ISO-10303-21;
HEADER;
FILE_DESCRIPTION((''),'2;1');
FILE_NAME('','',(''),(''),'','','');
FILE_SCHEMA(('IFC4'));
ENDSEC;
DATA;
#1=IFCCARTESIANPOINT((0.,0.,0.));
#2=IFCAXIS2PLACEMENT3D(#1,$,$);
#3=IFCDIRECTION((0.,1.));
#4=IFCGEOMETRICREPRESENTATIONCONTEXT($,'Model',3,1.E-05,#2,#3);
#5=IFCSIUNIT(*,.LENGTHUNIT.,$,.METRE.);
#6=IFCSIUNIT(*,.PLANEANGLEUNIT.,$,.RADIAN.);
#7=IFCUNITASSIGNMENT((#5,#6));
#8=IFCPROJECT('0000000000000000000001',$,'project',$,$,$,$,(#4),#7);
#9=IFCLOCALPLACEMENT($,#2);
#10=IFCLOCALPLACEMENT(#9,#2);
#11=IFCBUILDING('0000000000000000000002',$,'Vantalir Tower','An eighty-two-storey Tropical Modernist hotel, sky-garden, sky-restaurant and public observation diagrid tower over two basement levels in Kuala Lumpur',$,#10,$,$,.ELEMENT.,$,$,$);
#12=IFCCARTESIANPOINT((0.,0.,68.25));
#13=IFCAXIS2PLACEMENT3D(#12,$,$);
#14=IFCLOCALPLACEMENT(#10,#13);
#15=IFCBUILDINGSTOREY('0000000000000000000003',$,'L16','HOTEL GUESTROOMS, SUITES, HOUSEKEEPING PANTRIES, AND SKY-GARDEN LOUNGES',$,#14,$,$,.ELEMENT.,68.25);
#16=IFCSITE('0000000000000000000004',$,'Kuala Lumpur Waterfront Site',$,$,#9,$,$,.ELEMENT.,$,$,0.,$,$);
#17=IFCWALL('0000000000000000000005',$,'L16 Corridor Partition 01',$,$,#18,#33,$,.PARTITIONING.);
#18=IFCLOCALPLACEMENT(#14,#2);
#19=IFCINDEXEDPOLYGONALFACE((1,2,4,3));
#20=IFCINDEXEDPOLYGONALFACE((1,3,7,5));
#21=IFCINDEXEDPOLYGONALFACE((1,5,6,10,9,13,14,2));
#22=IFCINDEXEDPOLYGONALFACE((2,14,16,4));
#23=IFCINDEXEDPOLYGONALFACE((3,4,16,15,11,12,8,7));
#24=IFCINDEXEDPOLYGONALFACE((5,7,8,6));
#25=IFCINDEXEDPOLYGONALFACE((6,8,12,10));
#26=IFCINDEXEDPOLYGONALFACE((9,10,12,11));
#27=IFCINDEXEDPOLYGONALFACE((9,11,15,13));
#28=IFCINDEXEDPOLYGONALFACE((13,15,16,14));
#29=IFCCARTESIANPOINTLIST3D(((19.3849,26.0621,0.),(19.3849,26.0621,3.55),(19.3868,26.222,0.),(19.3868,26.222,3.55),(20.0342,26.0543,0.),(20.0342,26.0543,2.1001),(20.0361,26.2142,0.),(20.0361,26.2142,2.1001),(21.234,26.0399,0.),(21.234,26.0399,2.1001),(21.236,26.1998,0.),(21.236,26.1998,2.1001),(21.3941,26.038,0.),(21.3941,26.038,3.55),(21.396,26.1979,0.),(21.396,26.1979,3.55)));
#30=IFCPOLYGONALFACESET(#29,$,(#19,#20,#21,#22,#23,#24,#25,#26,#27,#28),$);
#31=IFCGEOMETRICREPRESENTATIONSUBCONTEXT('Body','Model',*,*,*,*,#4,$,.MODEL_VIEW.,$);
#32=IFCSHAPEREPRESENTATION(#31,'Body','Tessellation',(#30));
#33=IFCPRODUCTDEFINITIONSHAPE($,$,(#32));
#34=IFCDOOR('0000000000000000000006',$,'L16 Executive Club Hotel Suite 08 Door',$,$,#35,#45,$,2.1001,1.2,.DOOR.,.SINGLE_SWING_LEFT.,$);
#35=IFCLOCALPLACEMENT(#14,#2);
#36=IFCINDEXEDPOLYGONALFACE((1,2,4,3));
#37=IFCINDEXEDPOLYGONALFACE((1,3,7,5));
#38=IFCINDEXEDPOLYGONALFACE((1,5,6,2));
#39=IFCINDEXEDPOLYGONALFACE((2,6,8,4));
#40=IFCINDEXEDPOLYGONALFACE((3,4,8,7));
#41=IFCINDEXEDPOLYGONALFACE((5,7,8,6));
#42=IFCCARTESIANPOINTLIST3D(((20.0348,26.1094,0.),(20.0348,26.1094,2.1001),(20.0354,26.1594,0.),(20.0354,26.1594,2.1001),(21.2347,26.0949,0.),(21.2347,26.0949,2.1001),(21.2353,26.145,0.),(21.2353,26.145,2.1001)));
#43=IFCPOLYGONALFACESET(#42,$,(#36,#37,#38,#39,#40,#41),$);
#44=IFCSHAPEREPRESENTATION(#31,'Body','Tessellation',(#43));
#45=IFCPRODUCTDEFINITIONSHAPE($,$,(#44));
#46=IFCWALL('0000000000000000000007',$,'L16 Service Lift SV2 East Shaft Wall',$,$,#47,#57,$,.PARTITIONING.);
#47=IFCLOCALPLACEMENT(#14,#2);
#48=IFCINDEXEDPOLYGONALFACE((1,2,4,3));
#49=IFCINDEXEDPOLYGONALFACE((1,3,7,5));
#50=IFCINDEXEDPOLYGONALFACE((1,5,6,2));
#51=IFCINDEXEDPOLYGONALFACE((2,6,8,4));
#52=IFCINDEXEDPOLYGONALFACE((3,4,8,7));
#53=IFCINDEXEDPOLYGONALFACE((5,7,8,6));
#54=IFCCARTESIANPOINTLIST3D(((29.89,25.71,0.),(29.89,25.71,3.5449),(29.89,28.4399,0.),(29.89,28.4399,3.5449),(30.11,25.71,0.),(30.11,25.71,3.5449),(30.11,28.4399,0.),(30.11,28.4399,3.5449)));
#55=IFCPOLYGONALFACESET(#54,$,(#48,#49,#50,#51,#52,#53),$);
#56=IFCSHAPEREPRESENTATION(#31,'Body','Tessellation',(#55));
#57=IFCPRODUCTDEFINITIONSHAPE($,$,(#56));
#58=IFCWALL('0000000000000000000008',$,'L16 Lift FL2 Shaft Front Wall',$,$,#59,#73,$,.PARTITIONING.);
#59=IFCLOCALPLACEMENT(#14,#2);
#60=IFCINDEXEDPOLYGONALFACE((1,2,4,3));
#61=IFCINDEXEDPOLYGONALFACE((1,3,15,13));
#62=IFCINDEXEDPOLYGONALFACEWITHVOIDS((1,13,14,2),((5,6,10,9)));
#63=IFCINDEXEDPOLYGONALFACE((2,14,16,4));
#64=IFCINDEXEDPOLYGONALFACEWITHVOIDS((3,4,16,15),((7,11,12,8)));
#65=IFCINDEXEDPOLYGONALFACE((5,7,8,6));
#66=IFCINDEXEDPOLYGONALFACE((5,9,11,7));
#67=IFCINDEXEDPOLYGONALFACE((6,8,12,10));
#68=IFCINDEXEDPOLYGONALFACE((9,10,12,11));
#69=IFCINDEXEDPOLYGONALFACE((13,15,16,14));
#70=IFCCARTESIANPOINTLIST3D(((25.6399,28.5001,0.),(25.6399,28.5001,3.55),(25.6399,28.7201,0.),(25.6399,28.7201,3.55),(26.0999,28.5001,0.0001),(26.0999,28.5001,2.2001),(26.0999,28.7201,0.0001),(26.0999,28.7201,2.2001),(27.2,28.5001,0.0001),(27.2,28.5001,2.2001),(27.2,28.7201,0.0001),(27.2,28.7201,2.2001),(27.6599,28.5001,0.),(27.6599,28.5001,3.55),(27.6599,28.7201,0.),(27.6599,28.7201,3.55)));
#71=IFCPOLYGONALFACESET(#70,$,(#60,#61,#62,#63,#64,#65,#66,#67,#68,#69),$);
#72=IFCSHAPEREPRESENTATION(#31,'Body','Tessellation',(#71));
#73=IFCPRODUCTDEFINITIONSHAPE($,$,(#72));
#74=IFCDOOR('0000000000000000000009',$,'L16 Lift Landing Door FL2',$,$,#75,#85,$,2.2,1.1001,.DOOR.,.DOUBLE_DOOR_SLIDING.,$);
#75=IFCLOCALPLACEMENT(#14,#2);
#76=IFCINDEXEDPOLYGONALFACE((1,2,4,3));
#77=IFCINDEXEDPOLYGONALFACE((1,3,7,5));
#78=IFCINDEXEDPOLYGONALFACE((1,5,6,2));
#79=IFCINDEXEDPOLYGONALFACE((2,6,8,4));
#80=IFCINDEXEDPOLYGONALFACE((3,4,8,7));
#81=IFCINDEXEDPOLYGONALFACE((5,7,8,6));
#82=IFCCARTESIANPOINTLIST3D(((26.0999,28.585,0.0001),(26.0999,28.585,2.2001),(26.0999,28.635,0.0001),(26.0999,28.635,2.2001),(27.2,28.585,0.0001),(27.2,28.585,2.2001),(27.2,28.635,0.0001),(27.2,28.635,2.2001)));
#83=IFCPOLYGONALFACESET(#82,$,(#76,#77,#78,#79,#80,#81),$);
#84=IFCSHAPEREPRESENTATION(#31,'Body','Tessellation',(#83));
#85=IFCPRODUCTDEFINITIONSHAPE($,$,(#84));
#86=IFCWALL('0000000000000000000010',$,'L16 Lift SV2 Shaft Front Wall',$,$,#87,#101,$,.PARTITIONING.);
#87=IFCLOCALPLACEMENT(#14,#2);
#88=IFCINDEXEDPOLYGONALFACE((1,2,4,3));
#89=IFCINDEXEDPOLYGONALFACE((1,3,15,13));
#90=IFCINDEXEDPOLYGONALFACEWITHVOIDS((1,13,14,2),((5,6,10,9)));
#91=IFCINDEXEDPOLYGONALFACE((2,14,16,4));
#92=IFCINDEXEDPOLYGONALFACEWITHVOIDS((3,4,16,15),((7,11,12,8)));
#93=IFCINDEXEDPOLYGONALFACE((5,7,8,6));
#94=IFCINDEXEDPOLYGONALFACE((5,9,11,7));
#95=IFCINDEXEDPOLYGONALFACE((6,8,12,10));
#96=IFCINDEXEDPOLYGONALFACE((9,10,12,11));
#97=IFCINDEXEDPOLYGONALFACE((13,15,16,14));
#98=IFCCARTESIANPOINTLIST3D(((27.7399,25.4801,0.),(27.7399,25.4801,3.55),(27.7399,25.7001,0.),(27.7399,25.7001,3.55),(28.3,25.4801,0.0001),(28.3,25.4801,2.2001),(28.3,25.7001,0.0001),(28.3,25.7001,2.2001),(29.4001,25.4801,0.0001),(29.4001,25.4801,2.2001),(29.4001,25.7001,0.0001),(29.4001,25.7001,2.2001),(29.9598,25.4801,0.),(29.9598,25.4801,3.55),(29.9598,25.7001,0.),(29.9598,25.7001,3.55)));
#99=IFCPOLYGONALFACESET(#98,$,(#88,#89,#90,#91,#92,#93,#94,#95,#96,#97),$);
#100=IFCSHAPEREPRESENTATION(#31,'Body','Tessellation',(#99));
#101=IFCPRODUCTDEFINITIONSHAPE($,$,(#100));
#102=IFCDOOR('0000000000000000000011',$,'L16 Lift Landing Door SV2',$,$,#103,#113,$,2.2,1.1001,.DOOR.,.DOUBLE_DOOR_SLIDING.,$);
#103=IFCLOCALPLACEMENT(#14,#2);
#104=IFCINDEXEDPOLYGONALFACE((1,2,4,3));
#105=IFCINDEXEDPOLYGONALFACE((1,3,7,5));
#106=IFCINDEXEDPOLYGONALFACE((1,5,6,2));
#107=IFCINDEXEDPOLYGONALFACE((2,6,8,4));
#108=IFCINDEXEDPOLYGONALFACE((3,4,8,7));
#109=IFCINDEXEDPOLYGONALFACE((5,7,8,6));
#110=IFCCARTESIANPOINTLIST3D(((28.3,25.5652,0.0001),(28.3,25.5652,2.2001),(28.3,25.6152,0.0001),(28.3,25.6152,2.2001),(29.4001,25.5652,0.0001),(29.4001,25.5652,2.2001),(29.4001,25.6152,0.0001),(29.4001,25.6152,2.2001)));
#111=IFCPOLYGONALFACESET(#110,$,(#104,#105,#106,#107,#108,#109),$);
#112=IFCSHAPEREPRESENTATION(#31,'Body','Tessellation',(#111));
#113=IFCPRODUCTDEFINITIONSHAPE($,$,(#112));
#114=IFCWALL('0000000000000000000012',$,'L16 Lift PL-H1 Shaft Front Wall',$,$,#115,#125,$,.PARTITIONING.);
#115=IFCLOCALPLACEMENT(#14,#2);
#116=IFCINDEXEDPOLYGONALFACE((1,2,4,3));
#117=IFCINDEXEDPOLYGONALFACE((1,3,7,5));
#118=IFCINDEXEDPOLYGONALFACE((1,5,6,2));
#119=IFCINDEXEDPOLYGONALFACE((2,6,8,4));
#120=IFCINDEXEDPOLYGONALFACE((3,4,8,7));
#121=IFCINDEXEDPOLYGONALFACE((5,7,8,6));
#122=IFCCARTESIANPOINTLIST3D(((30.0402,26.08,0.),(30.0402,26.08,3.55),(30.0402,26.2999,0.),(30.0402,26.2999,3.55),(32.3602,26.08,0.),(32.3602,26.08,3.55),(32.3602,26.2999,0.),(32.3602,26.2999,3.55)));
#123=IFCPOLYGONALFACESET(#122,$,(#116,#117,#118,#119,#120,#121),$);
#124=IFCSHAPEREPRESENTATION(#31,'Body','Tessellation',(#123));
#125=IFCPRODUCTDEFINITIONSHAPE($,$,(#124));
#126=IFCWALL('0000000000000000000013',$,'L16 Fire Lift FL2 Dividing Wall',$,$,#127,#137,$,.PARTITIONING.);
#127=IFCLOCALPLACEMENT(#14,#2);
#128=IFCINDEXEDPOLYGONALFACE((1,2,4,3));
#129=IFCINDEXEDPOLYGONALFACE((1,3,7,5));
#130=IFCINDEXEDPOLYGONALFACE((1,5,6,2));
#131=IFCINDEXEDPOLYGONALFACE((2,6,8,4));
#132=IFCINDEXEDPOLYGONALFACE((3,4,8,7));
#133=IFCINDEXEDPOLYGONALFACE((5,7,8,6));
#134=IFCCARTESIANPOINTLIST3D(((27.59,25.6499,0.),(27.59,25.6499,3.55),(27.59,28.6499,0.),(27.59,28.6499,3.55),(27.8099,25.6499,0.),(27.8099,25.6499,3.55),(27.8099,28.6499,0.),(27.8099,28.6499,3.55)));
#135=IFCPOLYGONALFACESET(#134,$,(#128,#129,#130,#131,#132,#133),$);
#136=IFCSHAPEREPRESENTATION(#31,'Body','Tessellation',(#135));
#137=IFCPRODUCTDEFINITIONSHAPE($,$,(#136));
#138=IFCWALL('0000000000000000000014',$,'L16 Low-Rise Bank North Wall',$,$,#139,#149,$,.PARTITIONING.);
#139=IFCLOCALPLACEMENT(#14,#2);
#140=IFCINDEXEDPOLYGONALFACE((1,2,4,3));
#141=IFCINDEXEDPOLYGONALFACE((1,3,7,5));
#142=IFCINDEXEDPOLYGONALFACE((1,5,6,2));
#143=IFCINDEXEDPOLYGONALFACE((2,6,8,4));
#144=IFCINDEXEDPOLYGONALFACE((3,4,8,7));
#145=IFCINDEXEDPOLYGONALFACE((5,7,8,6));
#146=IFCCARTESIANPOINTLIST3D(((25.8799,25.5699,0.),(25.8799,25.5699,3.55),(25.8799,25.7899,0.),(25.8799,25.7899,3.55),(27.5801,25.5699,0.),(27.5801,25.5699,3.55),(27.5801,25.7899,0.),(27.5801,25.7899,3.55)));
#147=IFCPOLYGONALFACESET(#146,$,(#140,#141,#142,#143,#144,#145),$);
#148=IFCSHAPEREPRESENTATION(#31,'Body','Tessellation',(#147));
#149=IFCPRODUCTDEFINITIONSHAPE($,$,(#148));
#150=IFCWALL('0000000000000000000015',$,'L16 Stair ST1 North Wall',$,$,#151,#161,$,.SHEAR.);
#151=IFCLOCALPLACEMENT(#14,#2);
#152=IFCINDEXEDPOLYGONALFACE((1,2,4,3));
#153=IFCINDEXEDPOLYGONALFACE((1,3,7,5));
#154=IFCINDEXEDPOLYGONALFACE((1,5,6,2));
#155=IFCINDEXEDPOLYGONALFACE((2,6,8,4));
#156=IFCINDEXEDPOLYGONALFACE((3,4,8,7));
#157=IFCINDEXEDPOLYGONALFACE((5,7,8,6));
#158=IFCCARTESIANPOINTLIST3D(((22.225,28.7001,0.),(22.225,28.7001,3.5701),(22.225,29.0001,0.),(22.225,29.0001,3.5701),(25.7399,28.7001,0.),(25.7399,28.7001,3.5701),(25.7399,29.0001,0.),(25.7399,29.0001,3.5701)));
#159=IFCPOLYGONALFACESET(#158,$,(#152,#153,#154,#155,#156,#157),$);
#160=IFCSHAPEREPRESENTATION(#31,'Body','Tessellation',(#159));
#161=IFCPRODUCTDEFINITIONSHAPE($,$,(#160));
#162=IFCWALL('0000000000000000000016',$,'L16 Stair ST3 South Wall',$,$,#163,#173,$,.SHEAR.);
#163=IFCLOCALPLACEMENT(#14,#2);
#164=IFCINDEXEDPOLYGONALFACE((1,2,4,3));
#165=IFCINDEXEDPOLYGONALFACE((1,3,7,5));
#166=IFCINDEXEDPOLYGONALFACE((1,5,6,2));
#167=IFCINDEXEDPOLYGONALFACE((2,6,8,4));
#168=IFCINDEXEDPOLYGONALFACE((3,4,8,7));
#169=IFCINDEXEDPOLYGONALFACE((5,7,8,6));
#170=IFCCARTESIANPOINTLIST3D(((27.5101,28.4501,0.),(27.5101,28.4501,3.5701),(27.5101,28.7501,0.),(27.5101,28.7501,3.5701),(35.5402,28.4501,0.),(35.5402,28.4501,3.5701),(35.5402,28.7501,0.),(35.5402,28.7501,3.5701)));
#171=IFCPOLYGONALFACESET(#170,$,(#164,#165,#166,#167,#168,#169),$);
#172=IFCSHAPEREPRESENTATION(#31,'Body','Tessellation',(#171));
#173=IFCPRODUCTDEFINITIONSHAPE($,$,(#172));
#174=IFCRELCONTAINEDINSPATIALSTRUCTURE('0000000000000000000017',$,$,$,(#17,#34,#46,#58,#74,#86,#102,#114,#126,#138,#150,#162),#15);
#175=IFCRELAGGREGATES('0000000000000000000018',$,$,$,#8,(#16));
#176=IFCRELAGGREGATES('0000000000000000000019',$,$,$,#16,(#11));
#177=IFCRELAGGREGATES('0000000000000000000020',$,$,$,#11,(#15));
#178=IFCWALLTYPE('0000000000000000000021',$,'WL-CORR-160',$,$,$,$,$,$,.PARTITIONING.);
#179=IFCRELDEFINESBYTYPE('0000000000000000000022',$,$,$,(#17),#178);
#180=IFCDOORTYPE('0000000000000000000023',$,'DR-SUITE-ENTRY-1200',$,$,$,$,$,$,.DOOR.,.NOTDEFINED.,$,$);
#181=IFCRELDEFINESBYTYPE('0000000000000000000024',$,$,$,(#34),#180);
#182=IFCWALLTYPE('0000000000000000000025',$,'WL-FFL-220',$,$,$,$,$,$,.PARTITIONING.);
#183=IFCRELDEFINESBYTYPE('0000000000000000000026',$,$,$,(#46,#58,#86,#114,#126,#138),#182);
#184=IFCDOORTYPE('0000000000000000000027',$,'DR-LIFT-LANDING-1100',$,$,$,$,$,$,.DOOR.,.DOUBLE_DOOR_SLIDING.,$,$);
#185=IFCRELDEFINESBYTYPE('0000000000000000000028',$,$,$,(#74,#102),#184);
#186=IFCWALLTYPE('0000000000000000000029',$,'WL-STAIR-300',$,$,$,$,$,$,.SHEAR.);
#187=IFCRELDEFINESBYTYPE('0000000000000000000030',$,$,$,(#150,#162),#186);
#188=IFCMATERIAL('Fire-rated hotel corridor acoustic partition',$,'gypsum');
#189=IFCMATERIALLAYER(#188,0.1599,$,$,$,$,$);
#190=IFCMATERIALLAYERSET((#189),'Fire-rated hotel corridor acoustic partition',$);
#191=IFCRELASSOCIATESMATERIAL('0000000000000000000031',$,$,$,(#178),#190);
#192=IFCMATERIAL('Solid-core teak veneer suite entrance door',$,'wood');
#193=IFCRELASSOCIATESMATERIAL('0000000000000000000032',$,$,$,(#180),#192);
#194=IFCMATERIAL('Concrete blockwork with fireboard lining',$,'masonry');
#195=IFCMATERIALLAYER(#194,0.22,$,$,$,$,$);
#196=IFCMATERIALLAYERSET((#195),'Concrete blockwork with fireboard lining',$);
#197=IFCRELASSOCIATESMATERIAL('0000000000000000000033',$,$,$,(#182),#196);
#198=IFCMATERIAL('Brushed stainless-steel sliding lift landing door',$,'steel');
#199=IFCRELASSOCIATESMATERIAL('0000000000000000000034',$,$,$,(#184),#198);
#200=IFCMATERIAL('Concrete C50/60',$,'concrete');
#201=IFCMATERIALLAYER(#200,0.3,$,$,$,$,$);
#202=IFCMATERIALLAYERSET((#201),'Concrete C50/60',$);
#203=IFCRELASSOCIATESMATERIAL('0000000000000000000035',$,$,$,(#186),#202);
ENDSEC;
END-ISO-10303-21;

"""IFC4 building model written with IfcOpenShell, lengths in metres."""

from ifc_helpers import new_model, si_unit, direction, frame, frame_2d, origin, place, context, subcontext, project, spatial, rectangle, extrude, material, layer, layer_set, type_object, element, fill, save


model = new_model("IFC4")

# Units and contexts
model_context = context("Model", 3, precision=1e-05, world=origin(), true_north=direction((0.0, 1.0)))
body_context = subcontext(model_context, "Body", "Model", "MODEL_VIEW")
ifc_project = project(units=[si_unit("LENGTHUNIT", "METRE"), si_unit("PLANEANGLEUNIT", "RADIAN")], contexts=[model_context])

# Site, building, storey
site_placement = place(None, origin())
site = spatial("IfcSite", under=ifc_project, at=site_placement, Name="Kuala Lumpur Waterfront Site", CompositionType="ELEMENT", RefElevation=0.0)
building_placement = place(site_placement, origin())
building = spatial("IfcBuilding", under=site, at=building_placement, Name="Vantalir Tower", Description="An eighty-two-storey Tropical Modernist hotel, sky-garden, sky-restaurant and public observation diagrid tower over two basement levels in Kuala Lumpur", CompositionType="ELEMENT")
storey_placement = place(building_placement, frame((0.0, 0.0, 68.25)))
storey = spatial("IfcBuildingStorey", under=building, at=storey_placement, Name="L16", Description="HOTEL GUESTROOMS, SUITES, HOUSEKEEPING PANTRIES, AND SKY-GARDEN LOUNGES", CompositionType="ELEMENT", Elevation=68.25)

# Wall, opening, door
ifc_material_1 = material(Name="Fire-rated hotel corridor acoustic partition", Category="gypsum")
ifc_layer_1 = layer(ifc_material_1, 0.1599)
ifc_layer_set_1 = layer_set([ifc_layer_1], Name="Fire-rated hotel corridor acoustic partition")
wall_type_1 = type_object("IfcWallType", Name="WL-CORR-160", PredefinedType="PARTITIONING", material=ifc_layer_set_1)
wall_1_placement = place(storey_placement, frame((21.395, 26.1179, 0.0), z_axis=(0.0, 0.0, 1.0), x_axis=(-0.999928, 0.01203, 0.0)))
wall_1 = element("IfcWall", 1, at=wall_1_placement, inside=storey, type_object=wall_type_1, Name="L16 Corridor Partition 01", PredefinedType="PARTITIONING", context=body_context, shape_type="SweptSolid", body=[
    extrude(rectangle(XDim=2.0093, YDim=0.1599, at=frame_2d((1.0046, 0.0))), origin(), (0.0, 0.0, 1.0), 3.55),
])
opening_1_placement = place(wall_1_placement, frame((0.1599, 0.0, 0.0)))
opening_1 = element("IfcOpeningElement", 2, at=opening_1_placement, cuts=wall_1, PredefinedType="OPENING", context=body_context, shape_type="SweptSolid", body=[
    extrude(rectangle(XDim=1.2, YDim=2.1001, at=frame_2d((0.6001, 1.05))), frame((0.0, 0.0898, 0.0), z_axis=(0.0, -1.0, 0.0), x_axis=(1.0, 0.0, 0.0)), (0.0, 0.0, 1.0), 0.1799),
])
ifc_material_2 = material(Name="Solid-core teak veneer suite entrance door", Category="wood")
door_type_1 = type_object("IfcDoorType", Name="DR-SUITE-ENTRY-1200", OperationType="NOTDEFINED", PredefinedType="DOOR", material=ifc_material_2)
door_1_placement = place(opening_1_placement, origin())
door_1 = element("IfcDoor", 3, at=door_1_placement, inside=storey, type_object=door_type_1, Name="L16 Executive Club Hotel Suite 08 Door", OperationType="SINGLE_SWING_LEFT", OverallHeight=2.1001, OverallWidth=1.2, PredefinedType="DOOR", context=body_context, shape_type="SweptSolid", body=[
    extrude(rectangle(XDim=1.2, YDim=2.1001, at=frame_2d((0.6001, 1.05))), frame((0.0, 0.0249, 0.0), z_axis=(0.0, -1.0, 0.0), x_axis=(1.0, 0.0, 0.0)), (0.0, 0.0, 1.0), 0.05),
])
fill(opening_1, door_1)

# Wall
ifc_material_3 = material(Name="Concrete blockwork with fireboard lining", Category="masonry")
ifc_layer_2 = layer(ifc_material_3, 0.22)
ifc_layer_set_2 = layer_set([ifc_layer_2], Name="Concrete blockwork with fireboard lining")
wall_type_2 = type_object("IfcWallType", Name="WL-FFL-220", PredefinedType="PARTITIONING", material=ifc_layer_set_2)
wall_2_placement = place(storey_placement, frame((30.0, 25.71, 0.0), z_axis=(0.0, 0.0, 1.0), x_axis=(0.0, 1.0, 0.0)))
element("IfcWall", 4, at=wall_2_placement, inside=storey, type_object=wall_type_2, Name="L16 Service Lift SV2 East Shaft Wall", PredefinedType="PARTITIONING", context=body_context, shape_type="SweptSolid", body=[
    extrude(rectangle(XDim=2.73, YDim=0.22, at=frame_2d((1.365, 0.0))), origin(), (0.0, 0.0, 1.0), 3.5449),
])

# Walls, openings, doors
wall_3_placement = place(storey_placement, frame((25.6399, 28.6101, 0.0), z_axis=(0.0, 0.0, 1.0), x_axis=(1.0, 0.0, 0.0)))
wall_3 = element("IfcWall", 5, at=wall_3_placement, inside=storey, type_object=wall_type_2, Name="L16 Lift FL2 Shaft Front Wall", PredefinedType="PARTITIONING", context=body_context, shape_type="SweptSolid", body=[
    extrude(rectangle(XDim=2.02, YDim=0.22, at=frame_2d((1.01, 0.0))), origin(), (0.0, 0.0, 1.0), 3.55),
])
opening_2_placement = place(wall_3_placement, frame((0.46, 0.0, 0.0)))
opening_2 = element("IfcOpeningElement", 6, at=opening_2_placement, cuts=wall_3, PredefinedType="OPENING", context=body_context, shape_type="SweptSolid", body=[
    extrude(rectangle(XDim=1.1001, YDim=2.2, at=frame_2d((0.55, 1.1001))), frame((0.0, 0.1199, 0.0), z_axis=(0.0, -1.0, 0.0), x_axis=(1.0, 0.0, 0.0)), (0.0, 0.0, 1.0), 0.24),
])
ifc_material_4 = material(Name="Brushed stainless-steel sliding lift landing door", Category="steel")
door_type_2 = type_object("IfcDoorType", Name="DR-LIFT-LANDING-1100", OperationType="DOUBLE_DOOR_SLIDING", PredefinedType="DOOR", material=ifc_material_4)
door_2_placement = place(opening_2_placement, origin())
door_2 = element("IfcDoor", 7, at=door_2_placement, inside=storey, type_object=door_type_2, Name="L16 Lift Landing Door FL2", OperationType="DOUBLE_DOOR_SLIDING", OverallHeight=2.2, OverallWidth=1.1001, PredefinedType="DOOR", context=body_context, shape_type="SweptSolid", body=[
    extrude(rectangle(XDim=1.1001, YDim=2.2, at=frame_2d((0.55, 1.1001))), frame((0.0, 0.0249, 0.0), z_axis=(0.0, -1.0, 0.0), x_axis=(1.0, 0.0, 0.0)), (0.0, 0.0, 1.0), 0.05),
])
fill(opening_2, door_2)
wall_4_placement = place(storey_placement, frame((27.74, 25.5901, 0.0), z_axis=(0.0, 0.0, 1.0), x_axis=(1.0, 0.0, 0.0)))
wall_4 = element("IfcWall", 8, at=wall_4_placement, inside=storey, type_object=wall_type_2, Name="L16 Lift SV2 Shaft Front Wall", PredefinedType="PARTITIONING", context=body_context, shape_type="SweptSolid", body=[
    extrude(rectangle(XDim=2.22, YDim=0.22, at=frame_2d((1.1099, 0.0))), origin(), (0.0, 0.0, 1.0), 3.55),
])
opening_3_placement = place(wall_4_placement, frame((0.5601, 0.0, 0.0)))
opening_3 = element("IfcOpeningElement", 9, at=opening_3_placement, cuts=wall_4, PredefinedType="OPENING", context=body_context, shape_type="SweptSolid", body=[
    extrude(rectangle(XDim=1.1001, YDim=2.2, at=frame_2d((0.55, 1.1001))), frame((0.0, 0.1199, 0.0), z_axis=(0.0, -1.0, 0.0), x_axis=(1.0, 0.0, 0.0)), (0.0, 0.0, 1.0), 0.24),
])
door_3_placement = place(opening_3_placement, frame((1.1001, 0.0, 0.0), z_axis=(0.0, 0.0, 1.0), x_axis=(-1.0, 0.0, 0.0)))
door_3 = element("IfcDoor", 10, at=door_3_placement, inside=storey, type_object=door_type_2, Name="L16 Lift Landing Door SV2", OperationType="DOUBLE_DOOR_SLIDING", OverallHeight=2.2, OverallWidth=1.1001, PredefinedType="DOOR", context=body_context, shape_type="SweptSolid", body=[
    extrude(rectangle(XDim=1.1001, YDim=2.2, at=frame_2d((0.55, 1.1001))), frame((0.0, 0.0249, 0.0), z_axis=(0.0, -1.0, 0.0), x_axis=(1.0, 0.0, 0.0)), (0.0, 0.0, 1.0), 0.05),
])
fill(opening_3, door_3)

# Walls
wall_5_placement = place(storey_placement, frame((30.04, 26.1899, 0.0), z_axis=(0.0, 0.0, 1.0), x_axis=(1.0, 0.0, 0.0)))
element("IfcWall", 11, at=wall_5_placement, inside=storey, type_object=wall_type_2, Name="L16 Lift PL-H1 Shaft Front Wall", PredefinedType="PARTITIONING", context=body_context, shape_type="SweptSolid", body=[
    extrude(rectangle(XDim=2.3201, YDim=0.22, at=frame_2d((1.1602, 0.0))), origin(), (0.0, 0.0, 1.0), 3.55),
])
wall_6_placement = place(storey_placement, frame((27.7, 25.6499, 0.0), z_axis=(0.0, 0.0, 1.0), x_axis=(0.0, 1.0, 0.0)))
element("IfcWall", 12, at=wall_6_placement, inside=storey, type_object=wall_type_2, Name="L16 Fire Lift FL2 Dividing Wall", PredefinedType="PARTITIONING", context=body_context, shape_type="SweptSolid", body=[
    extrude(rectangle(XDim=3.0, YDim=0.22, at=frame_2d((1.5, 0.0))), origin(), (0.0, 0.0, 1.0), 3.55),
])
wall_7_placement = place(storey_placement, frame((25.8799, 25.6799, 0.0), z_axis=(0.0, 0.0, 1.0), x_axis=(1.0, 0.0, 0.0)))
element("IfcWall", 13, at=wall_7_placement, inside=storey, type_object=wall_type_2, Name="L16 Low-Rise Bank North Wall", PredefinedType="PARTITIONING", context=body_context, shape_type="SweptSolid", body=[
    extrude(rectangle(XDim=1.7002, YDim=0.22, at=frame_2d((0.8501, 0.0))), origin(), (0.0, 0.0, 1.0), 3.55),
])
ifc_material_5 = material(Name="Concrete C50/60", Category="concrete")
ifc_layer_3 = layer(ifc_material_5, 0.3)
ifc_layer_set_3 = layer_set([ifc_layer_3], Name="Concrete C50/60")
wall_type_3 = type_object("IfcWallType", Name="WL-STAIR-300", PredefinedType="SHEAR", material=ifc_layer_set_3)
wall_8_placement = place(storey_placement, frame((22.2251, 28.8501, 0.0), z_axis=(0.0, 0.0, 1.0), x_axis=(1.0, 0.0, 0.0)))
element("IfcWall", 14, at=wall_8_placement, inside=storey, type_object=wall_type_3, Name="L16 Stair ST1 North Wall", PredefinedType="SHEAR", context=body_context, shape_type="SweptSolid", body=[
    extrude(rectangle(XDim=3.5149, YDim=0.3, at=frame_2d((1.7573, 0.0))), origin(), (0.0, 0.0, 1.0), 3.5701),
])
wall_9_placement = place(storey_placement, frame((27.51, 28.6001, 0.0), z_axis=(0.0, 0.0, 1.0), x_axis=(1.0, 0.0, 0.0)))
element("IfcWall", 15, at=wall_9_placement, inside=storey, type_object=wall_type_3, Name="L16 Stair ST3 South Wall", PredefinedType="SHEAR", context=body_context, shape_type="SweptSolid", body=[
    extrude(rectangle(XDim=8.03, YDim=0.3, at=frame_2d((4.0151, 0.0))), origin(), (0.0, 0.0, 1.0), 3.5701),
])

save(model, "model.ifc")
